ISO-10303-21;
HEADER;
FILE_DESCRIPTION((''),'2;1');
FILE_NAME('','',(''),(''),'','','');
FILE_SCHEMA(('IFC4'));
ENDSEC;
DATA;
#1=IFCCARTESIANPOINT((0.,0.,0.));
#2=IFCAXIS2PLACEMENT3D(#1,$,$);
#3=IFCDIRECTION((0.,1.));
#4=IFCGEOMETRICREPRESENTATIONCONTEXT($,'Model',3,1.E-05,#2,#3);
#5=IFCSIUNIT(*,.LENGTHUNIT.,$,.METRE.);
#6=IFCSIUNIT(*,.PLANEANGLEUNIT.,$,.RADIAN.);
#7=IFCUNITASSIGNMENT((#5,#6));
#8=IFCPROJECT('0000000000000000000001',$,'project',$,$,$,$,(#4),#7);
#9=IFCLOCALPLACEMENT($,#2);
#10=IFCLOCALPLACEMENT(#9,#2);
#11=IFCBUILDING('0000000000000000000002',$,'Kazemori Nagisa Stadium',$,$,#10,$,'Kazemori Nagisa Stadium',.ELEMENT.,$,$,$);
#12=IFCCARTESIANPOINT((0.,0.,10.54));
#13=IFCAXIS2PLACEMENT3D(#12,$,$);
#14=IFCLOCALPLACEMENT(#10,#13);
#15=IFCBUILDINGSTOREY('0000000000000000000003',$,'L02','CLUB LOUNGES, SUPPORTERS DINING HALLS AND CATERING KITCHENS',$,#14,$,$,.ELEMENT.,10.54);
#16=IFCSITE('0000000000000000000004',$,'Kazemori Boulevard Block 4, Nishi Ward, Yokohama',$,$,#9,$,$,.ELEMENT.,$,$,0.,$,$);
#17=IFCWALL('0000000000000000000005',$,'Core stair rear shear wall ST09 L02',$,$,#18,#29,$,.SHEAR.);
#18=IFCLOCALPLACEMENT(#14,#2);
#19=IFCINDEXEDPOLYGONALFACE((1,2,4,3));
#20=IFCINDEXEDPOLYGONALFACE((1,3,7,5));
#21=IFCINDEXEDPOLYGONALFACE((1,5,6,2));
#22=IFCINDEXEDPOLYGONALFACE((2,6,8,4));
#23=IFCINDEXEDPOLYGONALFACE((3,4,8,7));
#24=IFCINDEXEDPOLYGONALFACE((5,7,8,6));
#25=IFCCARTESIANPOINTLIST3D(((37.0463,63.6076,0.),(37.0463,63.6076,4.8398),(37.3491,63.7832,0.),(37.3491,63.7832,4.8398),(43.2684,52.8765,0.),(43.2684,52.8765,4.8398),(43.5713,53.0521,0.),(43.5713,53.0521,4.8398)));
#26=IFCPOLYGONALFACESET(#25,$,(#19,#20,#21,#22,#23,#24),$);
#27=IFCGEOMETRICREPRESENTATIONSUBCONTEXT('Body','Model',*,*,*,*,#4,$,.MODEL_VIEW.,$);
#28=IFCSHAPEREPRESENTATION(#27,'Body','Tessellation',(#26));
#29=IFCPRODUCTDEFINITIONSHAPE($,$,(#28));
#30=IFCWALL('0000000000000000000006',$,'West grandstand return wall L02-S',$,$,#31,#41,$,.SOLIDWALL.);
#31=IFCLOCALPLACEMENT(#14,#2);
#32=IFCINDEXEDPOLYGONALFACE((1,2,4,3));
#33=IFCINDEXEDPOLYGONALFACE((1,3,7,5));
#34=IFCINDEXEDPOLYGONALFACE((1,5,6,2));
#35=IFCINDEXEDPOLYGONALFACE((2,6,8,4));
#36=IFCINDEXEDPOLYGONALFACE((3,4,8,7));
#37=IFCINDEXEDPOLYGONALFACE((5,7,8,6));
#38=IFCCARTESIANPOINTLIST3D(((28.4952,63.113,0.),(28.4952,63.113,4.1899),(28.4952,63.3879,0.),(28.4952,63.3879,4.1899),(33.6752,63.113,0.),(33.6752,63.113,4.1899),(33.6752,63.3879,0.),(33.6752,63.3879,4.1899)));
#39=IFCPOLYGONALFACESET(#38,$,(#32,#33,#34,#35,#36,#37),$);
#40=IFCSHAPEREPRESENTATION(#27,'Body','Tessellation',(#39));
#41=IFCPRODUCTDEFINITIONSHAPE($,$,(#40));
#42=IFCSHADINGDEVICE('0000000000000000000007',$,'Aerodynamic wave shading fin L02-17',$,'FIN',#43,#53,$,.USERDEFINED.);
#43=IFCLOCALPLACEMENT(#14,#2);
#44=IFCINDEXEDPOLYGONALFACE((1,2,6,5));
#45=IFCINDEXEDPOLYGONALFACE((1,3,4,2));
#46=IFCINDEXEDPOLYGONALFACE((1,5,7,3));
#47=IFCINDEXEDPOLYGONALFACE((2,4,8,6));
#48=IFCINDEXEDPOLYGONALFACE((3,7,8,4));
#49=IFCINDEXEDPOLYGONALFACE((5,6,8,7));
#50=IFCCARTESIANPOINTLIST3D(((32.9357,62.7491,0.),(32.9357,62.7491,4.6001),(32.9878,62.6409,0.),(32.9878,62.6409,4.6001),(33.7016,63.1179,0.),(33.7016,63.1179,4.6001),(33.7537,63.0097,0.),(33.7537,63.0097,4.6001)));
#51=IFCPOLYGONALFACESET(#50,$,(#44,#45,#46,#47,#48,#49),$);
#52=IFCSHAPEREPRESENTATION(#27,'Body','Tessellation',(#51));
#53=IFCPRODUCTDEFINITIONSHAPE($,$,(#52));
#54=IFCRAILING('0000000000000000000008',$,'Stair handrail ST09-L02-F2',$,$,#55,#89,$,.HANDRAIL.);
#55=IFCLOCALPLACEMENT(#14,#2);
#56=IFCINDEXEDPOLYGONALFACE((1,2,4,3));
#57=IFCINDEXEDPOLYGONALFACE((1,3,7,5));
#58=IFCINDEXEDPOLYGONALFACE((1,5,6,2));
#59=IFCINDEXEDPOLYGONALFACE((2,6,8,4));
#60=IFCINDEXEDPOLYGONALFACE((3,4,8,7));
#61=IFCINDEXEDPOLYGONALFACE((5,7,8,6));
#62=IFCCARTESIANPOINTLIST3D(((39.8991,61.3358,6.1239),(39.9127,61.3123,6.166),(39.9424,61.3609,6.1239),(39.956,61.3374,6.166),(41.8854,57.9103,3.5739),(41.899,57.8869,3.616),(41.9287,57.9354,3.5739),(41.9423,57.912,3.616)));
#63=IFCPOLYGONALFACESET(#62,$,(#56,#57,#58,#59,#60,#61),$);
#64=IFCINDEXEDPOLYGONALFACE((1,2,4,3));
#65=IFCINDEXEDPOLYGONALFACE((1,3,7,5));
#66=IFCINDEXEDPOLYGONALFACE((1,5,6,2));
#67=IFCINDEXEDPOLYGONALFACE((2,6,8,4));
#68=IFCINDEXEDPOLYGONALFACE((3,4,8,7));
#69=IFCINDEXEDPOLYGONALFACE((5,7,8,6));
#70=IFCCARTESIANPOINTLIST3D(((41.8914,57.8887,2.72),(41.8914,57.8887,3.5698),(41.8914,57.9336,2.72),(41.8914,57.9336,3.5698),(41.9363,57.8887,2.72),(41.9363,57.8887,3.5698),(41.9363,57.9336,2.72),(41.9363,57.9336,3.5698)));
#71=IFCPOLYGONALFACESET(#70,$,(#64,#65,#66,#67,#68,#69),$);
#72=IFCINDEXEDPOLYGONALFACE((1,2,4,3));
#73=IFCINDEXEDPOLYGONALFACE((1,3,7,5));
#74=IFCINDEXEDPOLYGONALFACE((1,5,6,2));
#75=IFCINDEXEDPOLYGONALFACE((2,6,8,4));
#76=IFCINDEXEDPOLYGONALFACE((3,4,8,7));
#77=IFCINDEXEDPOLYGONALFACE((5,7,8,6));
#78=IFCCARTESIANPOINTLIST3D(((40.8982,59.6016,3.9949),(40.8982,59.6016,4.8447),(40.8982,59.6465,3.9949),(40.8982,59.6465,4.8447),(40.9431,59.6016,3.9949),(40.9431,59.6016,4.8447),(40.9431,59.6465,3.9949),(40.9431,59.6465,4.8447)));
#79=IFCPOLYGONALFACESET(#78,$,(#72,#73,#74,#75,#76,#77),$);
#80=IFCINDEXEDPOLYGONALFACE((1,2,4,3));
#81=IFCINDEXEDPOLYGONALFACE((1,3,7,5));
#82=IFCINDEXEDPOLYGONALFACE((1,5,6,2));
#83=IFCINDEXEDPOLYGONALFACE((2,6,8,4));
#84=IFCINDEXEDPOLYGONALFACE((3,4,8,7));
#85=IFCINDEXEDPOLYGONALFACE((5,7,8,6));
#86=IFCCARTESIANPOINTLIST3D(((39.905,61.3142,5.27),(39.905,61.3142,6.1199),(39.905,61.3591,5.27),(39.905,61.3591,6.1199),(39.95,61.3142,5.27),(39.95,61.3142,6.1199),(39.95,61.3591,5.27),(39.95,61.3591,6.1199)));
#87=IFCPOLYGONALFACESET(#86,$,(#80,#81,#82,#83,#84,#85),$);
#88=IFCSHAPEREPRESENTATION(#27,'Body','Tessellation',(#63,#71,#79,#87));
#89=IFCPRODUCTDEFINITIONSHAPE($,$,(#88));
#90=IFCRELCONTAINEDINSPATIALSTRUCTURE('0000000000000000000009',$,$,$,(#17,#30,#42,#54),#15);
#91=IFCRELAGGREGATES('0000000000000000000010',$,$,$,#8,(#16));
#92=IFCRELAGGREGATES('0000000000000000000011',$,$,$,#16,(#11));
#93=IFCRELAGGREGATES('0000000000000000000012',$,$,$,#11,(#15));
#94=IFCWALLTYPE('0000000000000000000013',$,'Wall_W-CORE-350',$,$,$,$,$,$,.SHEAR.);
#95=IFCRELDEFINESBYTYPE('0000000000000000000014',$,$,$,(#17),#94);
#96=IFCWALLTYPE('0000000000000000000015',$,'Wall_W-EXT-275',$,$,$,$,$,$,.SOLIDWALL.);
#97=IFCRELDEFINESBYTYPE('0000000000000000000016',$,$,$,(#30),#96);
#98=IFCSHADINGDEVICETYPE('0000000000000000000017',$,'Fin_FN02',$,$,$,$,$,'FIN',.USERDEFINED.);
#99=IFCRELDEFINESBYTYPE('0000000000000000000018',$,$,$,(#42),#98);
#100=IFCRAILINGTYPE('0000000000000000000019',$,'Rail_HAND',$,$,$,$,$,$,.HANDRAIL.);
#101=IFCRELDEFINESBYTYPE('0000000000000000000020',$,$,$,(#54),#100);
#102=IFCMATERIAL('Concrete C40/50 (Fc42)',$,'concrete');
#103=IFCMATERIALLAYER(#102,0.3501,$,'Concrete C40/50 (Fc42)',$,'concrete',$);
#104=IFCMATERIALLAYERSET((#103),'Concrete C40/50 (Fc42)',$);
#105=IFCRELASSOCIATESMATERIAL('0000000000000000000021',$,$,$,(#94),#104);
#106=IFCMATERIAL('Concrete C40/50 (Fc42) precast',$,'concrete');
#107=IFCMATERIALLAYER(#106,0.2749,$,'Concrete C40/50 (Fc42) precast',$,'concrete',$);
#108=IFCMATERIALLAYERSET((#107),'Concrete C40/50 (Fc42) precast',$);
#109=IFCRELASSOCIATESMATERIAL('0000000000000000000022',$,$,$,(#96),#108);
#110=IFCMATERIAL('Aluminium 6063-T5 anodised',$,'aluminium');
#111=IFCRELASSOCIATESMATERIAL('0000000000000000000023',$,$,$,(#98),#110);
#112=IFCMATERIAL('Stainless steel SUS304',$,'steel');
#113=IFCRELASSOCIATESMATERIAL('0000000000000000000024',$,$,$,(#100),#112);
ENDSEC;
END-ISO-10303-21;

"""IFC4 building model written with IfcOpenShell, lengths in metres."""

from ifc_helpers import new_model, si_unit, direction, frame, frame_2d, origin, origin_2d, place, context, subcontext, project, spatial, rectangle, extrude, material, layer, layer_set, type_object, element, save


model = new_model("IFC4")

# Units and contexts
model_context = context("Model", 3, precision=1e-05, world=origin(), true_north=direction((0.0, 1.0)))
body_context = subcontext(model_context, "Body", "Model", "MODEL_VIEW")
ifc_project = project(units=[si_unit("LENGTHUNIT", "METRE"), si_unit("PLANEANGLEUNIT", "RADIAN")], contexts=[model_context])

# Site, building, storey
site_placement = place(None, origin())
site = spatial("IfcSite", under=ifc_project, at=site_placement, Name="Kazemori Boulevard Block 4, Nishi Ward, Yokohama", CompositionType="ELEMENT", RefElevation=0.0)
building_placement = place(site_placement, origin())
building = spatial("IfcBuilding", under=site, at=building_placement, Name="Kazemori Nagisa Stadium", LongName="Kazemori Nagisa Stadium", CompositionType="ELEMENT")
storey_placement = place(building_placement, frame((0.0, 0.0, 10.54)))
storey = spatial("IfcBuildingStorey", under=building, at=storey_placement, Name="L02", Description="CLUB LOUNGES, SUPPORTERS DINING HALLS AND CATERING KITCHENS", CompositionType="ELEMENT", Elevation=10.54)

# Shared definitions
ifc_material_1 = material(Name="Concrete C40/50 (Fc42)", Category="concrete")

# Shared definitions
ifc_material_2 = material(Name="Aluminium 6063-T5 anodised", Category="aluminium")

# Walls
ifc_layer_1 = layer(ifc_material_1, 0.3501, Name="Concrete C40/50 (Fc42)", Category="concrete")
ifc_layer_set_1 = layer_set([ifc_layer_1], Name="Concrete C40/50 (Fc42)")
wall_type_1 = type_object("IfcWallType", Name="Wall_W-CORE-350", PredefinedType="SHEAR", material=ifc_layer_set_1)
wall_1_placement = place(storey_placement, frame((37.1978, 63.6953, 0.0), z_axis=(0.0, 0.0, 1.0), x_axis=(0.501602, -0.865099, 0.0)))
element("IfcWall", 1, at=wall_1_placement, inside=storey, type_object=wall_type_1, Name="Core stair rear shear wall ST09 L02", PredefinedType="SHEAR", context=body_context, shape_type="SweptSolid", body=[
    extrude(rectangle(XDim=12.4045, YDim=0.3501, at=frame_2d((6.2021, 0.0))), origin(), (0.0, 0.0, 1.0), 4.8398),
])
ifc_material_3 = material(Name="Concrete C40/50 (Fc42) precast", Category="concrete")
ifc_layer_2 = layer(ifc_material_3, 0.2749, Name="Concrete C40/50 (Fc42) precast", Category="concrete")
ifc_layer_set_2 = layer_set([ifc_layer_2], Name="Concrete C40/50 (Fc42) precast")
wall_type_2 = type_object("IfcWallType", Name="Wall_W-EXT-275", PredefinedType="SOLIDWALL", material=ifc_layer_set_2)
wall_2_placement = place(storey_placement, frame((33.675, 63.2505, 0.0), z_axis=(0.0, 0.0, 1.0), x_axis=(-1.0, 0.0, 0.0)))
element("IfcWall", 2, at=wall_2_placement, inside=storey, type_object=wall_type_2, Name="West grandstand return wall L02-S", PredefinedType="SOLIDWALL", context=body_context, shape_type="SweptSolid", body=[
    extrude(rectangle(XDim=5.1799, YDim=0.2749, at=frame_2d((2.5898, 0.0))), origin(), (0.0, 0.0, 1.0), 4.1899),
])

# Shading device
shading_device_type = type_object("IfcShadingDeviceType", Name="Fin_FN02", ElementType="FIN", PredefinedType="USERDEFINED", material=ifc_material_2)
shading_device_placement = place(storey_placement, frame((33.3447, 62.8794, 0.0), z_axis=(0.0, 0.0, 1.0), x_axis=(-0.900969, -0.433884, 0.0)))
element("IfcShadingDevice", 3, at=shading_device_placement, inside=storey, type_object=shading_device_type, Name="Aerodynamic wave shading fin L02-17", ObjectType="FIN", PredefinedType="USERDEFINED", context=body_context, shape_type="SweptSolid", body=[
    extrude(rectangle(XDim=0.8501, YDim=0.1201, at=origin_2d()), origin(), (0.0, 0.0, 1.0), 4.6001),
])

# Railing
ifc_material_4 = material(Name="Stainless steel SUS304", Category="steel")
railing_type = type_object("IfcRailingType", Name="Rail_HAND", PredefinedType="HANDRAIL", material=ifc_material_4)
railing_placement = place(storey_placement, frame((41.9138, 57.9111, 2.72)))
element("IfcRailing", 4, at=railing_placement, inside=storey, type_object=railing_type, Name="Stair handrail ST09-L02-F2", PredefinedType="HANDRAIL", context=body_context, shape_type="SweptSolid", body=[
    extrude(rectangle(XDim=0.05, YDim=0.05, at=origin_2d()), frame((0.0, 0.0, 0.875), z_axis=(-0.42174, 0.727316, 0.541431), x_axis=(-0.865084, -0.501627, 0.0)), (0.0, 0.0, 1.0), 4.7097),
    extrude(rectangle(XDim=0.0449, YDim=0.0449, at=origin_2d()), origin(), (0.0, 0.0, 1.0), 0.8499),
    extrude(rectangle(XDim=0.0449, YDim=0.0449, at=origin_2d()), frame((-0.9932, 1.7129, 1.2749)), (0.0, 0.0, 1.0), 0.8499),
    extrude(rectangle(XDim=0.0449, YDim=0.0449, at=origin_2d()), frame((-1.9863, 3.4255, 2.55)), (0.0, 0.0, 1.0), 0.8499),
])

save(model, "model.ifc")
